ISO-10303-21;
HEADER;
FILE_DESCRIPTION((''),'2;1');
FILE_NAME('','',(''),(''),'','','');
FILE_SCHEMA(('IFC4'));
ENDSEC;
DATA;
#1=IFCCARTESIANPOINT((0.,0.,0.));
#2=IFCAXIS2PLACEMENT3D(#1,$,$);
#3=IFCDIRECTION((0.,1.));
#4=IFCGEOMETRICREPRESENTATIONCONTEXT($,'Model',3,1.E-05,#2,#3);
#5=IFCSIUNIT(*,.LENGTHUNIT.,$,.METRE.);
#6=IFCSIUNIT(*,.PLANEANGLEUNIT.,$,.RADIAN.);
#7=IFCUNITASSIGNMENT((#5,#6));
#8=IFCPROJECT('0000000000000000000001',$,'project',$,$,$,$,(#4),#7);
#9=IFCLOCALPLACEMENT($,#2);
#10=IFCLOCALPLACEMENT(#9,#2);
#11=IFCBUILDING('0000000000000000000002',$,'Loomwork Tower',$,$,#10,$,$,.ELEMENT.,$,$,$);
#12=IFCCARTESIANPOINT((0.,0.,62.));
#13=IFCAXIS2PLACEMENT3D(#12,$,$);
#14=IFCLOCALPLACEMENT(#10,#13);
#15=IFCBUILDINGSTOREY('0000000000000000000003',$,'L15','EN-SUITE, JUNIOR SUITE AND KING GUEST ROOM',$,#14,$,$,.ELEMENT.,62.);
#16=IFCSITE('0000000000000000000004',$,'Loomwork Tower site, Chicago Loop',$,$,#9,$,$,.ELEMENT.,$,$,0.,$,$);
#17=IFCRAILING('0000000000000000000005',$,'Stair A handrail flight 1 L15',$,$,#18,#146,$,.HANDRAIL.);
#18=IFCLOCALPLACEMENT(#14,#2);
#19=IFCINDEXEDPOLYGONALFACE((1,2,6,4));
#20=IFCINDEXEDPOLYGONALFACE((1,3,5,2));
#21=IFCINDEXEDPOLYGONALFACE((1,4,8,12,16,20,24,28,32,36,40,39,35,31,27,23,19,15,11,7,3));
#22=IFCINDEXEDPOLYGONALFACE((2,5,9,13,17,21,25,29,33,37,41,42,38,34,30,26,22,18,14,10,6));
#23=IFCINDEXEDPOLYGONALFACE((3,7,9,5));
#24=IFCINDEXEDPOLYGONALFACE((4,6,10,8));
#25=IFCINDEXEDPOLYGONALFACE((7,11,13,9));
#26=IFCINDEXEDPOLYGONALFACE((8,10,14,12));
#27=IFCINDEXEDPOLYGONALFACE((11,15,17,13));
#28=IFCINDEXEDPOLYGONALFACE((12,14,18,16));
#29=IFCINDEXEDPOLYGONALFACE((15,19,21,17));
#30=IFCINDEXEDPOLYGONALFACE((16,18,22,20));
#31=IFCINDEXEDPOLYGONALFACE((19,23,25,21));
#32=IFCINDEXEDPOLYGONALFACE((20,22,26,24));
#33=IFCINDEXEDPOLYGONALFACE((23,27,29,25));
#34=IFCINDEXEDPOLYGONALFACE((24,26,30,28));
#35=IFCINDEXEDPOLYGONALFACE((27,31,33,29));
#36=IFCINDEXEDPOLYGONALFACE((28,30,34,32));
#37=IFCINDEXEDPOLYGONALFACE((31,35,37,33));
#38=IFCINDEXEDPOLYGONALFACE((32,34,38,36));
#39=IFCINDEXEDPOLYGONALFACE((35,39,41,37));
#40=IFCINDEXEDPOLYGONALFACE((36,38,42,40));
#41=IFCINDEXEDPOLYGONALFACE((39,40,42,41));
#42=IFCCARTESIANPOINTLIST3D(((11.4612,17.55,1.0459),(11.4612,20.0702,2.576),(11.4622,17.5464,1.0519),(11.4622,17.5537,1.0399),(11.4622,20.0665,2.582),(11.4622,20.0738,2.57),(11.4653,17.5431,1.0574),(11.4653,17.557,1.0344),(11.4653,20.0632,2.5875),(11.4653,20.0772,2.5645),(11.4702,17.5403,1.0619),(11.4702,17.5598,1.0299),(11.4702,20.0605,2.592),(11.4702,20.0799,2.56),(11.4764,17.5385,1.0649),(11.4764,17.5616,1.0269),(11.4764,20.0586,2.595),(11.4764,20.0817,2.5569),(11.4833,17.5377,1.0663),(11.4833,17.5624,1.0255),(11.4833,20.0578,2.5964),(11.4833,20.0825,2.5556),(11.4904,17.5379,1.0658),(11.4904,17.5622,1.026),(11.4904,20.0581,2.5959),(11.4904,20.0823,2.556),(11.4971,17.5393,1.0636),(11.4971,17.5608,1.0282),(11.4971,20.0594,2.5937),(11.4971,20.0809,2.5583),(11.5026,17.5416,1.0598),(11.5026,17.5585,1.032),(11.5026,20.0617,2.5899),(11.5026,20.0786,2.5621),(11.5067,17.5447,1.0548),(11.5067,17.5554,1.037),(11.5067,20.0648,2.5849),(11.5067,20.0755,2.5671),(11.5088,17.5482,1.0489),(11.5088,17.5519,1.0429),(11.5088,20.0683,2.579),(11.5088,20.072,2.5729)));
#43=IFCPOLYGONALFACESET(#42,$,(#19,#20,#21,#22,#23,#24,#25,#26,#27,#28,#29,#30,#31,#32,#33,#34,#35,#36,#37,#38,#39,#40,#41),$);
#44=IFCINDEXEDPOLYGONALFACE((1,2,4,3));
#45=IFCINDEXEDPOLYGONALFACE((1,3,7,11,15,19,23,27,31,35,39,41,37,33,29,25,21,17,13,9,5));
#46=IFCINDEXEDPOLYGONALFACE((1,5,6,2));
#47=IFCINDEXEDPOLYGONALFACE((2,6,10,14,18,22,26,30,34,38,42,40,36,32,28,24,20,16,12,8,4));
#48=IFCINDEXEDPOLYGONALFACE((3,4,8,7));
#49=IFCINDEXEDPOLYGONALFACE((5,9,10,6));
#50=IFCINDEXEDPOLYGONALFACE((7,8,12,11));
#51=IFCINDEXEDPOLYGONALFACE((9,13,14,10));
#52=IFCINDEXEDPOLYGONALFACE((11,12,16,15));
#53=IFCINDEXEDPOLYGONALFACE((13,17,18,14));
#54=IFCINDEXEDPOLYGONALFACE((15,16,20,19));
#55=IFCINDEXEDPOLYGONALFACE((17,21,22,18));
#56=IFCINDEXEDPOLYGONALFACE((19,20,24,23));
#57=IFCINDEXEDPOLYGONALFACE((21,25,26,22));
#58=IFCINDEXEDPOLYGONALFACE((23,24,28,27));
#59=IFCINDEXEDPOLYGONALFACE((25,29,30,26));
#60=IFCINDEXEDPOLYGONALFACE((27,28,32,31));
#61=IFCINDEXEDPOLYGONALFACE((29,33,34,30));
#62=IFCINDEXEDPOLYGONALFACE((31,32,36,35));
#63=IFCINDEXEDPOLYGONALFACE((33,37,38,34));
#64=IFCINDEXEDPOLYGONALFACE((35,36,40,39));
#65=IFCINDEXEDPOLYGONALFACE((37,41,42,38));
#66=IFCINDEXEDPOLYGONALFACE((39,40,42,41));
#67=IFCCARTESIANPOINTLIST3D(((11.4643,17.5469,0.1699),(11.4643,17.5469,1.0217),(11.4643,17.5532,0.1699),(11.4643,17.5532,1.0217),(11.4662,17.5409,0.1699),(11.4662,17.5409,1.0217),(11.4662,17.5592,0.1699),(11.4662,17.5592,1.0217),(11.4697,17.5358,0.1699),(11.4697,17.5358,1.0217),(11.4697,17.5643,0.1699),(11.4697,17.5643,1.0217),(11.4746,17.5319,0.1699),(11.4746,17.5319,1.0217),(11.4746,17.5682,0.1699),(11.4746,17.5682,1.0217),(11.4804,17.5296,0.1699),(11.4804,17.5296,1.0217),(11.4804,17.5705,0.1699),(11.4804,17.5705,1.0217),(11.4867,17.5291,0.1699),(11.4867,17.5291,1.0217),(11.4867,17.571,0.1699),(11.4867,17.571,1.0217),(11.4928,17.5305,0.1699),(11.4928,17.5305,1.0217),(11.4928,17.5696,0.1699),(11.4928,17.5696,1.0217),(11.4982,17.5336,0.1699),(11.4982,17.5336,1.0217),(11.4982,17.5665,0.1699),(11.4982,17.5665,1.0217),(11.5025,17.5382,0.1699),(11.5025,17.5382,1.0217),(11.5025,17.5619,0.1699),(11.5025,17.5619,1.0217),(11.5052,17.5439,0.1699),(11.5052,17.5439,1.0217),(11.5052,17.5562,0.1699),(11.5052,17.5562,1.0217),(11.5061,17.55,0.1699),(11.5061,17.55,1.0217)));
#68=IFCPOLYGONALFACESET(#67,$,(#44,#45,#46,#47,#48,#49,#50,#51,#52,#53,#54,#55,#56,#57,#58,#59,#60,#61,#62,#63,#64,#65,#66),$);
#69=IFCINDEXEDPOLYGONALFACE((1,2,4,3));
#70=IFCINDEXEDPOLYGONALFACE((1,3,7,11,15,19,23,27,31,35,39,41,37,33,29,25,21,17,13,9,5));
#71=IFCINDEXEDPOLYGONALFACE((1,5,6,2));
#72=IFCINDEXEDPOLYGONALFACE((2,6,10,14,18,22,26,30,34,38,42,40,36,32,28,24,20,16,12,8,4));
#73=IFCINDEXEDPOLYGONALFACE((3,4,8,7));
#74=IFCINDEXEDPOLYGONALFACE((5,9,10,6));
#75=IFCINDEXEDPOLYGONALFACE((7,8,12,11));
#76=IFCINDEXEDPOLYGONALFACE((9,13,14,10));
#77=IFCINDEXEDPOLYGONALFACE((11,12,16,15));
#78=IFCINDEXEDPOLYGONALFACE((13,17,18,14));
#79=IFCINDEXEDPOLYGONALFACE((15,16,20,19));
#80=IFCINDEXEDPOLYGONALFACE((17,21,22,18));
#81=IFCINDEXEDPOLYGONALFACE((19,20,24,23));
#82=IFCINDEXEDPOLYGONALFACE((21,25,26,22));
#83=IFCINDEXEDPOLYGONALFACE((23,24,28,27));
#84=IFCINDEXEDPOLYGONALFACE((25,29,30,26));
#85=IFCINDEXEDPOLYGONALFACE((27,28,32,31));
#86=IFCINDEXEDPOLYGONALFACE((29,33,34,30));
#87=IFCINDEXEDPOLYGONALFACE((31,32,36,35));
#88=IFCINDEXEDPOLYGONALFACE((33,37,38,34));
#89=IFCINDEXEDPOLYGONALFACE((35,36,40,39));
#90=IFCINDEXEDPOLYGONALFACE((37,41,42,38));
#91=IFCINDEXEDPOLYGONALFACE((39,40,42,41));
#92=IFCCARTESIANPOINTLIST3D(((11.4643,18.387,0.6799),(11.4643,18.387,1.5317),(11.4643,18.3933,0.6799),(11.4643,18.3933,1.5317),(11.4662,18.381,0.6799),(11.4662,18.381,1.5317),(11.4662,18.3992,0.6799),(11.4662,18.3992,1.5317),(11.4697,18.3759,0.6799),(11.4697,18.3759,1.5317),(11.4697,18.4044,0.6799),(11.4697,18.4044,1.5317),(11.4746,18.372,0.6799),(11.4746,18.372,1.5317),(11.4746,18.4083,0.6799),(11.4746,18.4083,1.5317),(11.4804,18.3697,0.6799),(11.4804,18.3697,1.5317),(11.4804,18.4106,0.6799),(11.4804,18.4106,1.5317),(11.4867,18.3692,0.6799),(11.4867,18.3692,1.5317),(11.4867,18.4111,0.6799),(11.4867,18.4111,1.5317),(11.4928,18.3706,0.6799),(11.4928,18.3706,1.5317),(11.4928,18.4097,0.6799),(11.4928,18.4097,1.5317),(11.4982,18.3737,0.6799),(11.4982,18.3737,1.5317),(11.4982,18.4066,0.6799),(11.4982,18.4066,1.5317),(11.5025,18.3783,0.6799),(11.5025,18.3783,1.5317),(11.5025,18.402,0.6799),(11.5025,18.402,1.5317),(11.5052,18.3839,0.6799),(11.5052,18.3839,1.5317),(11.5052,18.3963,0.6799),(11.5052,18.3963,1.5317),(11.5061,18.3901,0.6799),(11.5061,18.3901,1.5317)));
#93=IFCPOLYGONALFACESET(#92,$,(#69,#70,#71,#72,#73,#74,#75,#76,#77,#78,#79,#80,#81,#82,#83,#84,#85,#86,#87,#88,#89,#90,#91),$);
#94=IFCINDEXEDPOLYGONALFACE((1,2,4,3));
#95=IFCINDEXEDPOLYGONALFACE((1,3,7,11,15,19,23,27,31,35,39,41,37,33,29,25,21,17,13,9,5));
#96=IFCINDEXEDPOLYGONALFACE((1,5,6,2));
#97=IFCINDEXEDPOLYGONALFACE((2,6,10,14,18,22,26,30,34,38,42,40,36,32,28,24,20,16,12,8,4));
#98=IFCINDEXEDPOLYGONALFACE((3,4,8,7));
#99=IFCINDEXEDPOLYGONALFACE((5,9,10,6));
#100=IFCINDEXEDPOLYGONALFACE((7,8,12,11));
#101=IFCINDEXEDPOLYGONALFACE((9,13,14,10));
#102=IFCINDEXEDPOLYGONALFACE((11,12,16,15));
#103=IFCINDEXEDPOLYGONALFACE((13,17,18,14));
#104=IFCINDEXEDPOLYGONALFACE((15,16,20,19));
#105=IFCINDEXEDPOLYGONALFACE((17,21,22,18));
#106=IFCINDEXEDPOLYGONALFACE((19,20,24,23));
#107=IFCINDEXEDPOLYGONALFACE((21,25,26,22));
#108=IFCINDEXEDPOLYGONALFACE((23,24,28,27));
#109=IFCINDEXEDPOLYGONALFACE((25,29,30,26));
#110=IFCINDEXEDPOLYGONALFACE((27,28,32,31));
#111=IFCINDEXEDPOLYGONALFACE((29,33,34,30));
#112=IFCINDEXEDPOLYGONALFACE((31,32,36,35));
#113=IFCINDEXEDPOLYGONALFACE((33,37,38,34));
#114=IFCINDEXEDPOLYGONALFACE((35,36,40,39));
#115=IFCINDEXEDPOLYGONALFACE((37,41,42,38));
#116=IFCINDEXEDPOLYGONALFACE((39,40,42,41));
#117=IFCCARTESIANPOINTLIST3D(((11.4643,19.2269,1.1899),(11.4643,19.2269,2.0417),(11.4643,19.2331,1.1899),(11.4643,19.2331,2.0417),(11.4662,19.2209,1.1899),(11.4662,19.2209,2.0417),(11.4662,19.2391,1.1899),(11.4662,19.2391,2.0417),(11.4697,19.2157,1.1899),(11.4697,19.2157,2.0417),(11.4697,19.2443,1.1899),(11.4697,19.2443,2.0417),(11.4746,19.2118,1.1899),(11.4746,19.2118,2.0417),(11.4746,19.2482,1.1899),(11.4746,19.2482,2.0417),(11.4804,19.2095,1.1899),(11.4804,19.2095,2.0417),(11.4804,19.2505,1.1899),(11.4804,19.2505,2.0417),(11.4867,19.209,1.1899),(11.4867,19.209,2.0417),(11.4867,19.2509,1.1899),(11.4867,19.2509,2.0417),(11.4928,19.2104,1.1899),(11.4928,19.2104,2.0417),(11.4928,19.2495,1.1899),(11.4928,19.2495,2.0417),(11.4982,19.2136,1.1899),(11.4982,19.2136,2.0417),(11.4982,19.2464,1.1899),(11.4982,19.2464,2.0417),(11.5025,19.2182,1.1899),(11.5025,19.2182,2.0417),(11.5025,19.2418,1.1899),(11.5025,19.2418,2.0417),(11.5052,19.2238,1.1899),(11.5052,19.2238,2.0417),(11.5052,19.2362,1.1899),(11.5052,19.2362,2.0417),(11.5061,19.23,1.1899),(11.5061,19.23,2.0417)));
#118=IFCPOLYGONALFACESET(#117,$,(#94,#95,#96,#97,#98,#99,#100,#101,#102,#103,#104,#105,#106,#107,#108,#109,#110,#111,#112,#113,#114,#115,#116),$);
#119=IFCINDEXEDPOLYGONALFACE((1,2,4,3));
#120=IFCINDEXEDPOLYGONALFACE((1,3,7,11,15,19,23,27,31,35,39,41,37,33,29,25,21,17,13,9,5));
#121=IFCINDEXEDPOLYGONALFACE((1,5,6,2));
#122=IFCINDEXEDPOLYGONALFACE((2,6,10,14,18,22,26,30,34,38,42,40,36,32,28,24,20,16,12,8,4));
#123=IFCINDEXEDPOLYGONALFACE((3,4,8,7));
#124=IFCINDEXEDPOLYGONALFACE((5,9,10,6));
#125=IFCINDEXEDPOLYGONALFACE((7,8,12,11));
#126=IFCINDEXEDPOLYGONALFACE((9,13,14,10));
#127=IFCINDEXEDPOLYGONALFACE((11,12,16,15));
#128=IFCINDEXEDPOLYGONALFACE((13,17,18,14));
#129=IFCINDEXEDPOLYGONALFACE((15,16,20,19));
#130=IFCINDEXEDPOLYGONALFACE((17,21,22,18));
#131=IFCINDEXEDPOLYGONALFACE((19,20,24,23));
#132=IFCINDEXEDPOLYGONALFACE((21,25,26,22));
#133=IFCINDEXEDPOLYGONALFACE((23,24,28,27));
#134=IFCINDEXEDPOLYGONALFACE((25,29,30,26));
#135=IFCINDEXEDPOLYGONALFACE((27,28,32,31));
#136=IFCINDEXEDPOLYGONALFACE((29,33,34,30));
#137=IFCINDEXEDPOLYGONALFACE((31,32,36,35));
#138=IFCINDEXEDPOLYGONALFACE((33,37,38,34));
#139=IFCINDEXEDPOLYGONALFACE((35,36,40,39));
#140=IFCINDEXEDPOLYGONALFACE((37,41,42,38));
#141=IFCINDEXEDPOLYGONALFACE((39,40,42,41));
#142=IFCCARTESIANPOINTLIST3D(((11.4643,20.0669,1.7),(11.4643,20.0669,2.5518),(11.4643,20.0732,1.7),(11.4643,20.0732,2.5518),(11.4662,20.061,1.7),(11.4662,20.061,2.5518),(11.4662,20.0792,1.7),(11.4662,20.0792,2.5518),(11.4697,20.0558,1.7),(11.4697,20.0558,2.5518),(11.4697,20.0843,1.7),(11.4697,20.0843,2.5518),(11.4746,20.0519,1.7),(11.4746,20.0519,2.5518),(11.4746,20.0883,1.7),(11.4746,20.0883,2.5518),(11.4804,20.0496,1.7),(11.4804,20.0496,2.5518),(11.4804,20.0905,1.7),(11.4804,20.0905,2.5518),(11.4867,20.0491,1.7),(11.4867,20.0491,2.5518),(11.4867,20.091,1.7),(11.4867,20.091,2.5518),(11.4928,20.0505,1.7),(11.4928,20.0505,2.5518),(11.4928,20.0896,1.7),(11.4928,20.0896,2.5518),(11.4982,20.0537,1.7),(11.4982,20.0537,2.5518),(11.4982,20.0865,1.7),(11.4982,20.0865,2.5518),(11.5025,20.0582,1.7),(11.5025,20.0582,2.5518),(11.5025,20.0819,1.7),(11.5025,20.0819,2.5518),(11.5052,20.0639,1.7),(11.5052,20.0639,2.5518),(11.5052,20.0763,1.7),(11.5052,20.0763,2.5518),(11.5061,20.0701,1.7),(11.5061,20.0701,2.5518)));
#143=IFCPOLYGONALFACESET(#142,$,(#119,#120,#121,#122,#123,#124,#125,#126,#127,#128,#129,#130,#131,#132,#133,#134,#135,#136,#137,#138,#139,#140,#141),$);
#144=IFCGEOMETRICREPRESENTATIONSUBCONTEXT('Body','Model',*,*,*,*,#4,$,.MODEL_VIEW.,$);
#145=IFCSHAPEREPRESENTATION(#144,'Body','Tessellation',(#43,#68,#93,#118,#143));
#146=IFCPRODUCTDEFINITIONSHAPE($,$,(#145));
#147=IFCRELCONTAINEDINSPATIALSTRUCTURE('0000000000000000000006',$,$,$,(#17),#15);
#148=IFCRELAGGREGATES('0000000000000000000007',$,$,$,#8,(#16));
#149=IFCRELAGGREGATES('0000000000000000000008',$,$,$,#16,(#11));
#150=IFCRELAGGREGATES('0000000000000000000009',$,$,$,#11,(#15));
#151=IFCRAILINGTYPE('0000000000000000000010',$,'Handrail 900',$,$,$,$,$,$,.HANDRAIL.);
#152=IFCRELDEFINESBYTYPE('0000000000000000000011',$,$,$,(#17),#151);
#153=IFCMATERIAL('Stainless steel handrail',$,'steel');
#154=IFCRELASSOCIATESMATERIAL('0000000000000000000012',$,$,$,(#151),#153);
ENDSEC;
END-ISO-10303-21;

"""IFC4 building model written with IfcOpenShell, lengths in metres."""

from ifc_helpers import new_model, si_unit, direction, frame, origin, origin_2d, place, context, subcontext, project, spatial, circle, extrude, material, type_object, element, save


model = new_model("IFC4")

# Units and contexts
model_context = context("Model", 3, precision=1e-05, world=origin(), true_north=direction((0.0, 1.0)))
body_context = subcontext(model_context, "Body", "Model", "MODEL_VIEW")
ifc_project = project(units=[si_unit("LENGTHUNIT", "METRE"), si_unit("PLANEANGLEUNIT", "RADIAN")], contexts=[model_context])

# Site, building, storey
site_placement = place(None, origin())
site = spatial("IfcSite", under=ifc_project, at=site_placement, Name="Loomwork Tower site, Chicago Loop", CompositionType="ELEMENT", RefElevation=0.0)
building_placement = place(site_placement, origin())
building = spatial("IfcBuilding", under=site, at=building_placement, Name="Loomwork Tower", CompositionType="ELEMENT")
storey_placement = place(building_placement, frame((0.0, 0.0, 62.0)))
storey = spatial("IfcBuildingStorey", under=building, at=storey_placement, Name="L15", Description="EN-SUITE, JUNIOR SUITE AND KING GUEST ROOM", CompositionType="ELEMENT", Elevation=62.0)

# Railing
ifc_material_1 = material(Name="Stainless steel handrail", Category="steel")
railing_type = type_object("IfcRailingType", Name="Handrail 900", PredefinedType="HANDRAIL", material=ifc_material_1)
railing_1_placement = place(storey_placement, frame((11.4851, 17.55, 0.1699)))
element("IfcRailing", 1, at=railing_1_placement, inside=storey, type_object=railing_type, Name="Stair A handrail flight 1 L15", PredefinedType="HANDRAIL", context=body_context, shape_type="SweptSolid", body=[
    extrude(circle(Radius=0.0239, at=origin_2d()), frame((0.0, 0.0, 0.876), z_axis=(0.0, 0.854785, 0.518982), x_axis=(-1.0, 0.0, 0.0)), (0.0, 0.0, 1.0), 2.9482),
    extrude(circle(Radius=0.021, at=origin_2d()), origin(), (0.0, 0.0, 1.0), 0.8518),
    extrude(circle(Radius=0.021, at=origin_2d()), frame((0.0, 0.8401, 0.51)), (0.0, 0.0, 1.0), 0.8518),
    extrude(circle(Radius=0.021, at=origin_2d()), frame((0.0, 1.6799, 1.02)), (0.0, 0.0, 1.0), 0.8518),
    extrude(circle(Radius=0.021, at=origin_2d()), frame((0.0, 2.52, 1.53)), (0.0, 0.0, 1.0), 0.8518),
])

save(model, "model.ifc")
